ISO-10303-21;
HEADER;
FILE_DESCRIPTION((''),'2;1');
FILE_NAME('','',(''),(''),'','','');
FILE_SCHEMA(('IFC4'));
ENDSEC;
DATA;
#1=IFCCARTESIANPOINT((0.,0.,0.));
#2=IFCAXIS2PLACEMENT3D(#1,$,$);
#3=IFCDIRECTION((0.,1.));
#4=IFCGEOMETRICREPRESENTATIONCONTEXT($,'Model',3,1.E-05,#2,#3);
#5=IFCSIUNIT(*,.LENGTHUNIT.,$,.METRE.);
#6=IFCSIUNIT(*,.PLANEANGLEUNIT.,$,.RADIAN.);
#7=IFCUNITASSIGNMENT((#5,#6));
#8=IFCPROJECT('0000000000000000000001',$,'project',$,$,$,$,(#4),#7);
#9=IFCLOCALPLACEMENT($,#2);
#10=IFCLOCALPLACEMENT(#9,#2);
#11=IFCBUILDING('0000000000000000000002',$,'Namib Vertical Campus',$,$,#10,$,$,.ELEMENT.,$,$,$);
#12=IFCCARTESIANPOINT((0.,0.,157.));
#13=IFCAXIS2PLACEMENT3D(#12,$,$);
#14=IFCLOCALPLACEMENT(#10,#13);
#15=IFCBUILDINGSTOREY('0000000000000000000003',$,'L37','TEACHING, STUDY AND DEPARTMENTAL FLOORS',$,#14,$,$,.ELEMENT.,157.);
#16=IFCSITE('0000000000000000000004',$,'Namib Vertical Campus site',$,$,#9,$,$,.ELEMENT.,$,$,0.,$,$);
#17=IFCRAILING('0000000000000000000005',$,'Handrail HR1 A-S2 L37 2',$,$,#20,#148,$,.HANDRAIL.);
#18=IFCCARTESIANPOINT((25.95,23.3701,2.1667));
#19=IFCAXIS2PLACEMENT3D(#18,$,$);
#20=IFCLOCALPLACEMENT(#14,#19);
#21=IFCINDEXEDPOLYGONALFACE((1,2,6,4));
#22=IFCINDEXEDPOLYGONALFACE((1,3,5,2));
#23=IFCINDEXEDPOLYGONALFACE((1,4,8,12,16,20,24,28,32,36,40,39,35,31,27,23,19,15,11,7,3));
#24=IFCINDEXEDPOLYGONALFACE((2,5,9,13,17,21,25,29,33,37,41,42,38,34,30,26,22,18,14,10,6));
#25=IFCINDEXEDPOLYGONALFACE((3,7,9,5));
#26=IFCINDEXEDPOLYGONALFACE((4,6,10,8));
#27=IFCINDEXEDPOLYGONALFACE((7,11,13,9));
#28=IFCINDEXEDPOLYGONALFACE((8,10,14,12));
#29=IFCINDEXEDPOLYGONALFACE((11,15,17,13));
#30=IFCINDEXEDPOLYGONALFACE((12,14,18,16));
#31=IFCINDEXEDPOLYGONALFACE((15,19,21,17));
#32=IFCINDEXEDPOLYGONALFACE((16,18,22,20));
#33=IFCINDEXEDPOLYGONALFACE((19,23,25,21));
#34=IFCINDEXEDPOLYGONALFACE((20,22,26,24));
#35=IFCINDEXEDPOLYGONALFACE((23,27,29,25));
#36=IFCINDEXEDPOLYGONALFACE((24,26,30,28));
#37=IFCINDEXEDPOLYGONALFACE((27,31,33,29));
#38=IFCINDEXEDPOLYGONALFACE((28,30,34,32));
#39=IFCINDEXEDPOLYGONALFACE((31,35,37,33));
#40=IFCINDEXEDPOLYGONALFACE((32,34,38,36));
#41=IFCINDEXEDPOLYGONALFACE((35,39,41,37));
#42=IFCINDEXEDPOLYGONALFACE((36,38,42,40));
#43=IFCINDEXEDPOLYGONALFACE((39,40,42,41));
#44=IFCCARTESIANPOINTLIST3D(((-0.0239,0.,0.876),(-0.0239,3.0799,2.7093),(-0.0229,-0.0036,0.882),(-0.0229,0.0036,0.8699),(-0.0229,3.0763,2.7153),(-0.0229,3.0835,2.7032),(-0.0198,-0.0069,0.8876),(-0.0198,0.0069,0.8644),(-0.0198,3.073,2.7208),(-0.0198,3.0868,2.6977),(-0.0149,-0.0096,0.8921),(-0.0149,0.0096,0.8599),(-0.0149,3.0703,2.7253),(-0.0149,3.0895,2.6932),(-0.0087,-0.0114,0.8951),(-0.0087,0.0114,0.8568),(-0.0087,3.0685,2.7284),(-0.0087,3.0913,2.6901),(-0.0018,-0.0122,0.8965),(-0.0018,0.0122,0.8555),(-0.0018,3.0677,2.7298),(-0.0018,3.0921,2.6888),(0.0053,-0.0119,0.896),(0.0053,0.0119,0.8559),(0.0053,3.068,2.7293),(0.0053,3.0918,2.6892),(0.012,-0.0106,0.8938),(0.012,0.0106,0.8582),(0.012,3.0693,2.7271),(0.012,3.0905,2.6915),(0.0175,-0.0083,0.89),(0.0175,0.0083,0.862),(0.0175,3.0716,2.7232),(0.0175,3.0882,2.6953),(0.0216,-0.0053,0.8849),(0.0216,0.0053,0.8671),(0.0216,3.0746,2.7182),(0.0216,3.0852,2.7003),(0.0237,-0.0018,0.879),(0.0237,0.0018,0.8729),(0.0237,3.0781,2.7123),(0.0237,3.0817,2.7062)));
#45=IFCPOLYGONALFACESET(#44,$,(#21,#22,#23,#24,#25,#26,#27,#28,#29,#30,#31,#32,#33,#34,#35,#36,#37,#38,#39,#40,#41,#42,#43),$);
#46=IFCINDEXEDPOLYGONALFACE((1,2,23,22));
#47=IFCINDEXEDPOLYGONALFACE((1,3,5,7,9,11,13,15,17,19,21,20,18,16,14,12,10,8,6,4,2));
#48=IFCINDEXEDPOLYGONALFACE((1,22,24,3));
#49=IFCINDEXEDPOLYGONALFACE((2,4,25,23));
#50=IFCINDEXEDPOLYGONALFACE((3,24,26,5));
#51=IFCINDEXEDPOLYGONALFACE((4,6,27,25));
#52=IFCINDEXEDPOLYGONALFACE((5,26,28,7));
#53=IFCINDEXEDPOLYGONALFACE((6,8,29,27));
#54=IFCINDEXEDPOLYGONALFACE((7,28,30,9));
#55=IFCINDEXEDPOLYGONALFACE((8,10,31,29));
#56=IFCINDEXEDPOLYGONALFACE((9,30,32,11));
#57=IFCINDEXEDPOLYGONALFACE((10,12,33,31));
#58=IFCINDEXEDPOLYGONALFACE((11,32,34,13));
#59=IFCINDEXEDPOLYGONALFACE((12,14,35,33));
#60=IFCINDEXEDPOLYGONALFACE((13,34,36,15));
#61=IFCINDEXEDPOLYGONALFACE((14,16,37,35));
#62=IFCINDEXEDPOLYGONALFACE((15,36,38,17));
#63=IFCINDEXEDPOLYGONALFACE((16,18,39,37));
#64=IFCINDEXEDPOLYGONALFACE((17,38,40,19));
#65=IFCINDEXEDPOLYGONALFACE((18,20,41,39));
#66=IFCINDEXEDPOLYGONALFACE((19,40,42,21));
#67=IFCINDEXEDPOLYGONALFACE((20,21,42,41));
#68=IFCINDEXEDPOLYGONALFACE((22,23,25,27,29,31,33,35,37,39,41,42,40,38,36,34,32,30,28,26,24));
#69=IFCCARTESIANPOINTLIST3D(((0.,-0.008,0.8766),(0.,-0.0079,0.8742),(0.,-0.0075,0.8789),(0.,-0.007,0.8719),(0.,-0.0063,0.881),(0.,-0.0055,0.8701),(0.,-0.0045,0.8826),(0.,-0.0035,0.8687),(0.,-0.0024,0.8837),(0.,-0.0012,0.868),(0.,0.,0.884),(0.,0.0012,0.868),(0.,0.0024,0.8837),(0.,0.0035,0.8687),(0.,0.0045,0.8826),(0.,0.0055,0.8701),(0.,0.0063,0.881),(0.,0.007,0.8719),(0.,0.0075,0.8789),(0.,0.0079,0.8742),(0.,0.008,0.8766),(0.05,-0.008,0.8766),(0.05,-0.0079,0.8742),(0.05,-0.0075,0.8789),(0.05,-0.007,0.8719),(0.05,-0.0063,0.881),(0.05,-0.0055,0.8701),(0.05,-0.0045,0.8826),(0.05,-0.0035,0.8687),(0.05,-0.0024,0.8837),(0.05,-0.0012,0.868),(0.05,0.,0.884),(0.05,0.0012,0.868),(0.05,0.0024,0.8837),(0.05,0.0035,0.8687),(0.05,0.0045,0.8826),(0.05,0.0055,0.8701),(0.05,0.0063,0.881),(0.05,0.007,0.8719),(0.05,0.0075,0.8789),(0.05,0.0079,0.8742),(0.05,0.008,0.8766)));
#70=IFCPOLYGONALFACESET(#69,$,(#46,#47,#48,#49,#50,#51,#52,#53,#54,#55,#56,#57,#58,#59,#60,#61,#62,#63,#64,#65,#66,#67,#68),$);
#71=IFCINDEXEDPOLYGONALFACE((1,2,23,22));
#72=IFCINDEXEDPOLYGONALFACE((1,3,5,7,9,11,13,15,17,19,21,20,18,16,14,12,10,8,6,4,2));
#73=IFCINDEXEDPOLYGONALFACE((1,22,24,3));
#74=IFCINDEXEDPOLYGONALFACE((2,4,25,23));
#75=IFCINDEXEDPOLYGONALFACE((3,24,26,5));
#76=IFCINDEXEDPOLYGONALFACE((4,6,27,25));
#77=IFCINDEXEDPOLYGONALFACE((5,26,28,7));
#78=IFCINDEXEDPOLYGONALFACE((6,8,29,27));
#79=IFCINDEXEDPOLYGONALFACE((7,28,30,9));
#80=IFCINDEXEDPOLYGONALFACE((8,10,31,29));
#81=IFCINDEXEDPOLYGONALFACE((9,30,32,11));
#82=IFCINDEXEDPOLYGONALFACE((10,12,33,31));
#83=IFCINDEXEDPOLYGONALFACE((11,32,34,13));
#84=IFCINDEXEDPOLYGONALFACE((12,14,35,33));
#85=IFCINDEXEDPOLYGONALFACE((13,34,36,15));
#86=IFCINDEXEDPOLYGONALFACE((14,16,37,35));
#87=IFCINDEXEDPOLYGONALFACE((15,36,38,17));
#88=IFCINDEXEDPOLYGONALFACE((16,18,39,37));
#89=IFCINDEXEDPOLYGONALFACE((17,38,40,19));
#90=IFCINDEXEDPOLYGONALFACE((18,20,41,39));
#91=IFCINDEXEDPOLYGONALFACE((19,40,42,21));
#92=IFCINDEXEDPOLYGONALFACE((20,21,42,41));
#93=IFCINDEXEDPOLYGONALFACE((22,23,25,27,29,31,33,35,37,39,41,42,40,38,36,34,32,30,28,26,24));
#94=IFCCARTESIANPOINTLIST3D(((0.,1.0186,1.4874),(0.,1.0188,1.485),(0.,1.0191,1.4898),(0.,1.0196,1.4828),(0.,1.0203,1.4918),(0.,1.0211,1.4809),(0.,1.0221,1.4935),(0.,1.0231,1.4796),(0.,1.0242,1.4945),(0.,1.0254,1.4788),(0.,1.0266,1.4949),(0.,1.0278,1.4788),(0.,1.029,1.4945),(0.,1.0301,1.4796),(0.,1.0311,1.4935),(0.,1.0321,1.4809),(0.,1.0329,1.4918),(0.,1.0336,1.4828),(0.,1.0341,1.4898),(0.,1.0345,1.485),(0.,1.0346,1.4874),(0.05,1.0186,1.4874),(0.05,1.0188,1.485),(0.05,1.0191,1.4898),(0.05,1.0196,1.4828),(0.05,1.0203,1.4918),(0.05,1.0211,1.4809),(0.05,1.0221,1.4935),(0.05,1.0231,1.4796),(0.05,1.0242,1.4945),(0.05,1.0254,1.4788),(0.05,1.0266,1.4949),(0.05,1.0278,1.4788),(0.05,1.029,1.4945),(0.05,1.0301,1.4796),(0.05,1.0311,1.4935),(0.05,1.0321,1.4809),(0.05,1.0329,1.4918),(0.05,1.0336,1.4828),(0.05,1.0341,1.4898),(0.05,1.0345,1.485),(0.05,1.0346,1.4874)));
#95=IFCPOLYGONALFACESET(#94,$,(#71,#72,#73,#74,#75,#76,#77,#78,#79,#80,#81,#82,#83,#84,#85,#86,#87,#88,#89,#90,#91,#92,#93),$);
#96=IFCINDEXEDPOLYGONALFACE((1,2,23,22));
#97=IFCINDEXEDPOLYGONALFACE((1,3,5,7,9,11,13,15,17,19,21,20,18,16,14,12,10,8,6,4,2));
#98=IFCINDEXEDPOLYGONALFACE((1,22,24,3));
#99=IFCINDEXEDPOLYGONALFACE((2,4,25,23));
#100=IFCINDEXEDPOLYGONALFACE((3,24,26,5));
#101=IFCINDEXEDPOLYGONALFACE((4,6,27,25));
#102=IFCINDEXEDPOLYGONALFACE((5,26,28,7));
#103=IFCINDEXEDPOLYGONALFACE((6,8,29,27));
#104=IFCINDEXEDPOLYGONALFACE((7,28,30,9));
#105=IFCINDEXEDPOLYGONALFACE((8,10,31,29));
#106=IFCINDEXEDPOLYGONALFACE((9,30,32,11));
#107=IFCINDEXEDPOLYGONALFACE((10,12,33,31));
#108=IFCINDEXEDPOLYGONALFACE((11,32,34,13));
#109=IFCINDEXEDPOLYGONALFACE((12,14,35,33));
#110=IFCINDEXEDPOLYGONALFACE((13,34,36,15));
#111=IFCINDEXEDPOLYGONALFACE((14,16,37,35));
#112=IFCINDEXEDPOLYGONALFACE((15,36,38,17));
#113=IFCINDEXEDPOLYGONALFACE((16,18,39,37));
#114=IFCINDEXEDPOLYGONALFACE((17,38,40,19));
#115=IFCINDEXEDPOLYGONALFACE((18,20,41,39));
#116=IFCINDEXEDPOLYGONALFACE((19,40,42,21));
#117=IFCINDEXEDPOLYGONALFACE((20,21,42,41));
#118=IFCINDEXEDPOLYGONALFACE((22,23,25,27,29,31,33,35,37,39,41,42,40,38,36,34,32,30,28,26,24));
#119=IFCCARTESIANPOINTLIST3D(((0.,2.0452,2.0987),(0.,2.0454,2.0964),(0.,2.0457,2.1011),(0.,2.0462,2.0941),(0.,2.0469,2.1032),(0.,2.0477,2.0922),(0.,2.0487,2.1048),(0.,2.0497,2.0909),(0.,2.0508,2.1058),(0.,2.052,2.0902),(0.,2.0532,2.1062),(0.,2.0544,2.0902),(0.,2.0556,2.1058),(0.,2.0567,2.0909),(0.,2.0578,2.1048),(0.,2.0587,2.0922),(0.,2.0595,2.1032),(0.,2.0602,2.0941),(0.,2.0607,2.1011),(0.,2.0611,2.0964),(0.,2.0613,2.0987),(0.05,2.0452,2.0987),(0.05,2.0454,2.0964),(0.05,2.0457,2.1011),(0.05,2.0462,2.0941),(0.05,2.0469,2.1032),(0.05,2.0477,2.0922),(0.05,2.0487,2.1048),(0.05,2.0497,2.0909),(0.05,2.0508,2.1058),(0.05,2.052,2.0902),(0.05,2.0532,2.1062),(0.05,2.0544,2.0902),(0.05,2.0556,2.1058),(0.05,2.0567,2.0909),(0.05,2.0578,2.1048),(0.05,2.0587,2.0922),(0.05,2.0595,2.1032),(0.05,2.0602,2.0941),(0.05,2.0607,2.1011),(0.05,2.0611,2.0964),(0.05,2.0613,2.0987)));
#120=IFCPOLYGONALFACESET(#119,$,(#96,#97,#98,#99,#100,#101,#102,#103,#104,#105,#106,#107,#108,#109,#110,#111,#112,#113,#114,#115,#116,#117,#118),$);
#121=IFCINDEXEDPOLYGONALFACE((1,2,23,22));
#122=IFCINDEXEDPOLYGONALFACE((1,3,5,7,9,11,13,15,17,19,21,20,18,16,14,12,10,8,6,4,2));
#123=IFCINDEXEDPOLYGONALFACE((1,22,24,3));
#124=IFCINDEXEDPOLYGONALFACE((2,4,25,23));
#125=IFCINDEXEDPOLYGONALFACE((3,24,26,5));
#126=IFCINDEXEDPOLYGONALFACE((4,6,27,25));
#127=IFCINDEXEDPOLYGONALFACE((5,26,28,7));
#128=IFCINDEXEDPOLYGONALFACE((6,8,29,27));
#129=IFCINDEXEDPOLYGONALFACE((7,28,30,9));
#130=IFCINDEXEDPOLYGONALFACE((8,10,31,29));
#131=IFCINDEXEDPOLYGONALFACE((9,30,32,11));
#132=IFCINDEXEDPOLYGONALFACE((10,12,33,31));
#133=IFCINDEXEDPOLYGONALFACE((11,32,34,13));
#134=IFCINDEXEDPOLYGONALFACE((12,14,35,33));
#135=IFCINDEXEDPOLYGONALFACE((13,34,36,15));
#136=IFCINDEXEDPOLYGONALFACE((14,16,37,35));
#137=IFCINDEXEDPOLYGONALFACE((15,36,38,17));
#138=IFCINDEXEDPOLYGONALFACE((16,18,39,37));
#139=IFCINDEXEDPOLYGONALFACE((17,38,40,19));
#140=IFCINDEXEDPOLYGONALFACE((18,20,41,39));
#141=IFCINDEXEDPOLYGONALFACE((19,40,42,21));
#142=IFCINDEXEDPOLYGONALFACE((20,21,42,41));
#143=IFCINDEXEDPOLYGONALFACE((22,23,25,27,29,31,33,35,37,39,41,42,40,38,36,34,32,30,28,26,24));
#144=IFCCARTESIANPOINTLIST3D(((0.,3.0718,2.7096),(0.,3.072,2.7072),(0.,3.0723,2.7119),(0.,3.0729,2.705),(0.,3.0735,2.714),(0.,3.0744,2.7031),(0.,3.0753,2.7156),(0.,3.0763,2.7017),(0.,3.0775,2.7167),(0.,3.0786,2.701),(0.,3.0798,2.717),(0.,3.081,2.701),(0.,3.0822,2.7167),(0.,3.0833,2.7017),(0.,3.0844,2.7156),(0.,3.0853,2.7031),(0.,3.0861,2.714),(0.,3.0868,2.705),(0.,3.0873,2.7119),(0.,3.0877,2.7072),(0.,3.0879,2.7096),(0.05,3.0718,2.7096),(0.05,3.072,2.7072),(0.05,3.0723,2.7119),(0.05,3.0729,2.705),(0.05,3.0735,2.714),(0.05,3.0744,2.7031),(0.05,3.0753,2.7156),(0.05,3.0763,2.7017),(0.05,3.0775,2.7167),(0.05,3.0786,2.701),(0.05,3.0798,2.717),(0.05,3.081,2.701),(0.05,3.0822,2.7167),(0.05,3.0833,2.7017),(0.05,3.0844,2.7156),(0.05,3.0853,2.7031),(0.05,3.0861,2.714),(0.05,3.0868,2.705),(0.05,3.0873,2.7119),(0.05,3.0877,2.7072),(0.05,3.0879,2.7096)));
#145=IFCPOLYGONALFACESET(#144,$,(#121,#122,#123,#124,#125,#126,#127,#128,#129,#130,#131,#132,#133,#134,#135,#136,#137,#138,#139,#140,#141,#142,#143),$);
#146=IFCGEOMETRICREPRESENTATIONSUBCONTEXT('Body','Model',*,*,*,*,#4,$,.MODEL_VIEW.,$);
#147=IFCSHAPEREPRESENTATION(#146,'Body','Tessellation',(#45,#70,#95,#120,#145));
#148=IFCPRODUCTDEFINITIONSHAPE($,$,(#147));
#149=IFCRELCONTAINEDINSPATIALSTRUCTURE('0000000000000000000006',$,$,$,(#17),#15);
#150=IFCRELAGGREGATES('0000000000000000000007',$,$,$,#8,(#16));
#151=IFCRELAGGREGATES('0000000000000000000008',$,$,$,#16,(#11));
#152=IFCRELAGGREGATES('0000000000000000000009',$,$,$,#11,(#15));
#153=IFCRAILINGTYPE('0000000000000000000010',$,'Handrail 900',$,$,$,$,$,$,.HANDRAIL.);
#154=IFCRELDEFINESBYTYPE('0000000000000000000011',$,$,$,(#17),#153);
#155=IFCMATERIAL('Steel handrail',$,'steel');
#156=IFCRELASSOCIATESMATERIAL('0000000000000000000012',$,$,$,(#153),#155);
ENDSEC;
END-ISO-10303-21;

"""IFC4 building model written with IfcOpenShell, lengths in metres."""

from ifc_helpers import new_model, si_unit, direction, frame, origin, origin_2d, place, context, subcontext, project, spatial, circle, extrude, material, type_object, element, save


model = new_model("IFC4")

# Units and contexts
model_context = context("Model", 3, precision=1e-05, world=origin(), true_north=direction((0.0, 1.0)))
body_context = subcontext(model_context, "Body", "Model", "MODEL_VIEW")
ifc_project = project(units=[si_unit("LENGTHUNIT", "METRE"), si_unit("PLANEANGLEUNIT", "RADIAN")], contexts=[model_context])

# Site, building, storey
site_placement = place(None, origin())
site = spatial("IfcSite", under=ifc_project, at=site_placement, Name="Namib Vertical Campus site", CompositionType="ELEMENT", RefElevation=0.0)
building_placement = place(site_placement, origin())
building = spatial("IfcBuilding", under=site, at=building_placement, Name="Namib Vertical Campus", CompositionType="ELEMENT")
storey_placement = place(building_placement, frame((0.0, 0.0, 157.0)))
storey = spatial("IfcBuildingStorey", under=building, at=storey_placement, Name="L37", Description="TEACHING, STUDY AND DEPARTMENTAL FLOORS", CompositionType="ELEMENT", Elevation=157.0)

# Railing
ifc_material_1 = material(Name="Steel handrail", Category="steel")
railing_type_1 = type_object("IfcRailingType", Name="Handrail 900", PredefinedType="HANDRAIL", material=ifc_material_1)
railing_1_placement = place(storey_placement, frame((25.95, 23.3701, 2.1667)))
element("IfcRailing", 1, at=railing_1_placement, inside=storey, type_object=railing_type_1, Name="Handrail HR1 A-S2 L37 2", PredefinedType="HANDRAIL", context=body_context, shape_type="SweptSolid", body=[
    extrude(circle(Radius=0.0239, at=origin_2d()), frame((0.0, 0.0, 0.876), z_axis=(0.0, 0.859291, 0.511487), x_axis=(-1.0, 0.0, 0.0)), (0.0, 0.0, 1.0), 3.5842),
    extrude(circle(Radius=0.0081, at=origin_2d()), frame((0.0, 0.0, 0.876), z_axis=(1.0, 0.0, 0.0), x_axis=(0.0, 0.0, 1.0)), (0.0, 0.0, 1.0), 0.05),
    extrude(circle(Radius=0.0081, at=origin_2d()), frame((0.0, 1.0266, 1.4868), z_axis=(1.0, 0.0, 0.0), x_axis=(0.0, 0.0, 1.0)), (0.0, 0.0, 1.0), 0.05),
    extrude(circle(Radius=0.0081, at=origin_2d()), frame((0.0, 2.0532, 2.0981), z_axis=(1.0, 0.0, 0.0), x_axis=(0.0, 0.0, 1.0)), (0.0, 0.0, 1.0), 0.05),
    extrude(circle(Radius=0.0081, at=origin_2d()), frame((0.0, 3.0798, 2.709), z_axis=(1.0, 0.0, 0.0), x_axis=(0.0, 0.0, 1.0)), (0.0, 0.0, 1.0), 0.05),
])

save(model, "model.ifc")
